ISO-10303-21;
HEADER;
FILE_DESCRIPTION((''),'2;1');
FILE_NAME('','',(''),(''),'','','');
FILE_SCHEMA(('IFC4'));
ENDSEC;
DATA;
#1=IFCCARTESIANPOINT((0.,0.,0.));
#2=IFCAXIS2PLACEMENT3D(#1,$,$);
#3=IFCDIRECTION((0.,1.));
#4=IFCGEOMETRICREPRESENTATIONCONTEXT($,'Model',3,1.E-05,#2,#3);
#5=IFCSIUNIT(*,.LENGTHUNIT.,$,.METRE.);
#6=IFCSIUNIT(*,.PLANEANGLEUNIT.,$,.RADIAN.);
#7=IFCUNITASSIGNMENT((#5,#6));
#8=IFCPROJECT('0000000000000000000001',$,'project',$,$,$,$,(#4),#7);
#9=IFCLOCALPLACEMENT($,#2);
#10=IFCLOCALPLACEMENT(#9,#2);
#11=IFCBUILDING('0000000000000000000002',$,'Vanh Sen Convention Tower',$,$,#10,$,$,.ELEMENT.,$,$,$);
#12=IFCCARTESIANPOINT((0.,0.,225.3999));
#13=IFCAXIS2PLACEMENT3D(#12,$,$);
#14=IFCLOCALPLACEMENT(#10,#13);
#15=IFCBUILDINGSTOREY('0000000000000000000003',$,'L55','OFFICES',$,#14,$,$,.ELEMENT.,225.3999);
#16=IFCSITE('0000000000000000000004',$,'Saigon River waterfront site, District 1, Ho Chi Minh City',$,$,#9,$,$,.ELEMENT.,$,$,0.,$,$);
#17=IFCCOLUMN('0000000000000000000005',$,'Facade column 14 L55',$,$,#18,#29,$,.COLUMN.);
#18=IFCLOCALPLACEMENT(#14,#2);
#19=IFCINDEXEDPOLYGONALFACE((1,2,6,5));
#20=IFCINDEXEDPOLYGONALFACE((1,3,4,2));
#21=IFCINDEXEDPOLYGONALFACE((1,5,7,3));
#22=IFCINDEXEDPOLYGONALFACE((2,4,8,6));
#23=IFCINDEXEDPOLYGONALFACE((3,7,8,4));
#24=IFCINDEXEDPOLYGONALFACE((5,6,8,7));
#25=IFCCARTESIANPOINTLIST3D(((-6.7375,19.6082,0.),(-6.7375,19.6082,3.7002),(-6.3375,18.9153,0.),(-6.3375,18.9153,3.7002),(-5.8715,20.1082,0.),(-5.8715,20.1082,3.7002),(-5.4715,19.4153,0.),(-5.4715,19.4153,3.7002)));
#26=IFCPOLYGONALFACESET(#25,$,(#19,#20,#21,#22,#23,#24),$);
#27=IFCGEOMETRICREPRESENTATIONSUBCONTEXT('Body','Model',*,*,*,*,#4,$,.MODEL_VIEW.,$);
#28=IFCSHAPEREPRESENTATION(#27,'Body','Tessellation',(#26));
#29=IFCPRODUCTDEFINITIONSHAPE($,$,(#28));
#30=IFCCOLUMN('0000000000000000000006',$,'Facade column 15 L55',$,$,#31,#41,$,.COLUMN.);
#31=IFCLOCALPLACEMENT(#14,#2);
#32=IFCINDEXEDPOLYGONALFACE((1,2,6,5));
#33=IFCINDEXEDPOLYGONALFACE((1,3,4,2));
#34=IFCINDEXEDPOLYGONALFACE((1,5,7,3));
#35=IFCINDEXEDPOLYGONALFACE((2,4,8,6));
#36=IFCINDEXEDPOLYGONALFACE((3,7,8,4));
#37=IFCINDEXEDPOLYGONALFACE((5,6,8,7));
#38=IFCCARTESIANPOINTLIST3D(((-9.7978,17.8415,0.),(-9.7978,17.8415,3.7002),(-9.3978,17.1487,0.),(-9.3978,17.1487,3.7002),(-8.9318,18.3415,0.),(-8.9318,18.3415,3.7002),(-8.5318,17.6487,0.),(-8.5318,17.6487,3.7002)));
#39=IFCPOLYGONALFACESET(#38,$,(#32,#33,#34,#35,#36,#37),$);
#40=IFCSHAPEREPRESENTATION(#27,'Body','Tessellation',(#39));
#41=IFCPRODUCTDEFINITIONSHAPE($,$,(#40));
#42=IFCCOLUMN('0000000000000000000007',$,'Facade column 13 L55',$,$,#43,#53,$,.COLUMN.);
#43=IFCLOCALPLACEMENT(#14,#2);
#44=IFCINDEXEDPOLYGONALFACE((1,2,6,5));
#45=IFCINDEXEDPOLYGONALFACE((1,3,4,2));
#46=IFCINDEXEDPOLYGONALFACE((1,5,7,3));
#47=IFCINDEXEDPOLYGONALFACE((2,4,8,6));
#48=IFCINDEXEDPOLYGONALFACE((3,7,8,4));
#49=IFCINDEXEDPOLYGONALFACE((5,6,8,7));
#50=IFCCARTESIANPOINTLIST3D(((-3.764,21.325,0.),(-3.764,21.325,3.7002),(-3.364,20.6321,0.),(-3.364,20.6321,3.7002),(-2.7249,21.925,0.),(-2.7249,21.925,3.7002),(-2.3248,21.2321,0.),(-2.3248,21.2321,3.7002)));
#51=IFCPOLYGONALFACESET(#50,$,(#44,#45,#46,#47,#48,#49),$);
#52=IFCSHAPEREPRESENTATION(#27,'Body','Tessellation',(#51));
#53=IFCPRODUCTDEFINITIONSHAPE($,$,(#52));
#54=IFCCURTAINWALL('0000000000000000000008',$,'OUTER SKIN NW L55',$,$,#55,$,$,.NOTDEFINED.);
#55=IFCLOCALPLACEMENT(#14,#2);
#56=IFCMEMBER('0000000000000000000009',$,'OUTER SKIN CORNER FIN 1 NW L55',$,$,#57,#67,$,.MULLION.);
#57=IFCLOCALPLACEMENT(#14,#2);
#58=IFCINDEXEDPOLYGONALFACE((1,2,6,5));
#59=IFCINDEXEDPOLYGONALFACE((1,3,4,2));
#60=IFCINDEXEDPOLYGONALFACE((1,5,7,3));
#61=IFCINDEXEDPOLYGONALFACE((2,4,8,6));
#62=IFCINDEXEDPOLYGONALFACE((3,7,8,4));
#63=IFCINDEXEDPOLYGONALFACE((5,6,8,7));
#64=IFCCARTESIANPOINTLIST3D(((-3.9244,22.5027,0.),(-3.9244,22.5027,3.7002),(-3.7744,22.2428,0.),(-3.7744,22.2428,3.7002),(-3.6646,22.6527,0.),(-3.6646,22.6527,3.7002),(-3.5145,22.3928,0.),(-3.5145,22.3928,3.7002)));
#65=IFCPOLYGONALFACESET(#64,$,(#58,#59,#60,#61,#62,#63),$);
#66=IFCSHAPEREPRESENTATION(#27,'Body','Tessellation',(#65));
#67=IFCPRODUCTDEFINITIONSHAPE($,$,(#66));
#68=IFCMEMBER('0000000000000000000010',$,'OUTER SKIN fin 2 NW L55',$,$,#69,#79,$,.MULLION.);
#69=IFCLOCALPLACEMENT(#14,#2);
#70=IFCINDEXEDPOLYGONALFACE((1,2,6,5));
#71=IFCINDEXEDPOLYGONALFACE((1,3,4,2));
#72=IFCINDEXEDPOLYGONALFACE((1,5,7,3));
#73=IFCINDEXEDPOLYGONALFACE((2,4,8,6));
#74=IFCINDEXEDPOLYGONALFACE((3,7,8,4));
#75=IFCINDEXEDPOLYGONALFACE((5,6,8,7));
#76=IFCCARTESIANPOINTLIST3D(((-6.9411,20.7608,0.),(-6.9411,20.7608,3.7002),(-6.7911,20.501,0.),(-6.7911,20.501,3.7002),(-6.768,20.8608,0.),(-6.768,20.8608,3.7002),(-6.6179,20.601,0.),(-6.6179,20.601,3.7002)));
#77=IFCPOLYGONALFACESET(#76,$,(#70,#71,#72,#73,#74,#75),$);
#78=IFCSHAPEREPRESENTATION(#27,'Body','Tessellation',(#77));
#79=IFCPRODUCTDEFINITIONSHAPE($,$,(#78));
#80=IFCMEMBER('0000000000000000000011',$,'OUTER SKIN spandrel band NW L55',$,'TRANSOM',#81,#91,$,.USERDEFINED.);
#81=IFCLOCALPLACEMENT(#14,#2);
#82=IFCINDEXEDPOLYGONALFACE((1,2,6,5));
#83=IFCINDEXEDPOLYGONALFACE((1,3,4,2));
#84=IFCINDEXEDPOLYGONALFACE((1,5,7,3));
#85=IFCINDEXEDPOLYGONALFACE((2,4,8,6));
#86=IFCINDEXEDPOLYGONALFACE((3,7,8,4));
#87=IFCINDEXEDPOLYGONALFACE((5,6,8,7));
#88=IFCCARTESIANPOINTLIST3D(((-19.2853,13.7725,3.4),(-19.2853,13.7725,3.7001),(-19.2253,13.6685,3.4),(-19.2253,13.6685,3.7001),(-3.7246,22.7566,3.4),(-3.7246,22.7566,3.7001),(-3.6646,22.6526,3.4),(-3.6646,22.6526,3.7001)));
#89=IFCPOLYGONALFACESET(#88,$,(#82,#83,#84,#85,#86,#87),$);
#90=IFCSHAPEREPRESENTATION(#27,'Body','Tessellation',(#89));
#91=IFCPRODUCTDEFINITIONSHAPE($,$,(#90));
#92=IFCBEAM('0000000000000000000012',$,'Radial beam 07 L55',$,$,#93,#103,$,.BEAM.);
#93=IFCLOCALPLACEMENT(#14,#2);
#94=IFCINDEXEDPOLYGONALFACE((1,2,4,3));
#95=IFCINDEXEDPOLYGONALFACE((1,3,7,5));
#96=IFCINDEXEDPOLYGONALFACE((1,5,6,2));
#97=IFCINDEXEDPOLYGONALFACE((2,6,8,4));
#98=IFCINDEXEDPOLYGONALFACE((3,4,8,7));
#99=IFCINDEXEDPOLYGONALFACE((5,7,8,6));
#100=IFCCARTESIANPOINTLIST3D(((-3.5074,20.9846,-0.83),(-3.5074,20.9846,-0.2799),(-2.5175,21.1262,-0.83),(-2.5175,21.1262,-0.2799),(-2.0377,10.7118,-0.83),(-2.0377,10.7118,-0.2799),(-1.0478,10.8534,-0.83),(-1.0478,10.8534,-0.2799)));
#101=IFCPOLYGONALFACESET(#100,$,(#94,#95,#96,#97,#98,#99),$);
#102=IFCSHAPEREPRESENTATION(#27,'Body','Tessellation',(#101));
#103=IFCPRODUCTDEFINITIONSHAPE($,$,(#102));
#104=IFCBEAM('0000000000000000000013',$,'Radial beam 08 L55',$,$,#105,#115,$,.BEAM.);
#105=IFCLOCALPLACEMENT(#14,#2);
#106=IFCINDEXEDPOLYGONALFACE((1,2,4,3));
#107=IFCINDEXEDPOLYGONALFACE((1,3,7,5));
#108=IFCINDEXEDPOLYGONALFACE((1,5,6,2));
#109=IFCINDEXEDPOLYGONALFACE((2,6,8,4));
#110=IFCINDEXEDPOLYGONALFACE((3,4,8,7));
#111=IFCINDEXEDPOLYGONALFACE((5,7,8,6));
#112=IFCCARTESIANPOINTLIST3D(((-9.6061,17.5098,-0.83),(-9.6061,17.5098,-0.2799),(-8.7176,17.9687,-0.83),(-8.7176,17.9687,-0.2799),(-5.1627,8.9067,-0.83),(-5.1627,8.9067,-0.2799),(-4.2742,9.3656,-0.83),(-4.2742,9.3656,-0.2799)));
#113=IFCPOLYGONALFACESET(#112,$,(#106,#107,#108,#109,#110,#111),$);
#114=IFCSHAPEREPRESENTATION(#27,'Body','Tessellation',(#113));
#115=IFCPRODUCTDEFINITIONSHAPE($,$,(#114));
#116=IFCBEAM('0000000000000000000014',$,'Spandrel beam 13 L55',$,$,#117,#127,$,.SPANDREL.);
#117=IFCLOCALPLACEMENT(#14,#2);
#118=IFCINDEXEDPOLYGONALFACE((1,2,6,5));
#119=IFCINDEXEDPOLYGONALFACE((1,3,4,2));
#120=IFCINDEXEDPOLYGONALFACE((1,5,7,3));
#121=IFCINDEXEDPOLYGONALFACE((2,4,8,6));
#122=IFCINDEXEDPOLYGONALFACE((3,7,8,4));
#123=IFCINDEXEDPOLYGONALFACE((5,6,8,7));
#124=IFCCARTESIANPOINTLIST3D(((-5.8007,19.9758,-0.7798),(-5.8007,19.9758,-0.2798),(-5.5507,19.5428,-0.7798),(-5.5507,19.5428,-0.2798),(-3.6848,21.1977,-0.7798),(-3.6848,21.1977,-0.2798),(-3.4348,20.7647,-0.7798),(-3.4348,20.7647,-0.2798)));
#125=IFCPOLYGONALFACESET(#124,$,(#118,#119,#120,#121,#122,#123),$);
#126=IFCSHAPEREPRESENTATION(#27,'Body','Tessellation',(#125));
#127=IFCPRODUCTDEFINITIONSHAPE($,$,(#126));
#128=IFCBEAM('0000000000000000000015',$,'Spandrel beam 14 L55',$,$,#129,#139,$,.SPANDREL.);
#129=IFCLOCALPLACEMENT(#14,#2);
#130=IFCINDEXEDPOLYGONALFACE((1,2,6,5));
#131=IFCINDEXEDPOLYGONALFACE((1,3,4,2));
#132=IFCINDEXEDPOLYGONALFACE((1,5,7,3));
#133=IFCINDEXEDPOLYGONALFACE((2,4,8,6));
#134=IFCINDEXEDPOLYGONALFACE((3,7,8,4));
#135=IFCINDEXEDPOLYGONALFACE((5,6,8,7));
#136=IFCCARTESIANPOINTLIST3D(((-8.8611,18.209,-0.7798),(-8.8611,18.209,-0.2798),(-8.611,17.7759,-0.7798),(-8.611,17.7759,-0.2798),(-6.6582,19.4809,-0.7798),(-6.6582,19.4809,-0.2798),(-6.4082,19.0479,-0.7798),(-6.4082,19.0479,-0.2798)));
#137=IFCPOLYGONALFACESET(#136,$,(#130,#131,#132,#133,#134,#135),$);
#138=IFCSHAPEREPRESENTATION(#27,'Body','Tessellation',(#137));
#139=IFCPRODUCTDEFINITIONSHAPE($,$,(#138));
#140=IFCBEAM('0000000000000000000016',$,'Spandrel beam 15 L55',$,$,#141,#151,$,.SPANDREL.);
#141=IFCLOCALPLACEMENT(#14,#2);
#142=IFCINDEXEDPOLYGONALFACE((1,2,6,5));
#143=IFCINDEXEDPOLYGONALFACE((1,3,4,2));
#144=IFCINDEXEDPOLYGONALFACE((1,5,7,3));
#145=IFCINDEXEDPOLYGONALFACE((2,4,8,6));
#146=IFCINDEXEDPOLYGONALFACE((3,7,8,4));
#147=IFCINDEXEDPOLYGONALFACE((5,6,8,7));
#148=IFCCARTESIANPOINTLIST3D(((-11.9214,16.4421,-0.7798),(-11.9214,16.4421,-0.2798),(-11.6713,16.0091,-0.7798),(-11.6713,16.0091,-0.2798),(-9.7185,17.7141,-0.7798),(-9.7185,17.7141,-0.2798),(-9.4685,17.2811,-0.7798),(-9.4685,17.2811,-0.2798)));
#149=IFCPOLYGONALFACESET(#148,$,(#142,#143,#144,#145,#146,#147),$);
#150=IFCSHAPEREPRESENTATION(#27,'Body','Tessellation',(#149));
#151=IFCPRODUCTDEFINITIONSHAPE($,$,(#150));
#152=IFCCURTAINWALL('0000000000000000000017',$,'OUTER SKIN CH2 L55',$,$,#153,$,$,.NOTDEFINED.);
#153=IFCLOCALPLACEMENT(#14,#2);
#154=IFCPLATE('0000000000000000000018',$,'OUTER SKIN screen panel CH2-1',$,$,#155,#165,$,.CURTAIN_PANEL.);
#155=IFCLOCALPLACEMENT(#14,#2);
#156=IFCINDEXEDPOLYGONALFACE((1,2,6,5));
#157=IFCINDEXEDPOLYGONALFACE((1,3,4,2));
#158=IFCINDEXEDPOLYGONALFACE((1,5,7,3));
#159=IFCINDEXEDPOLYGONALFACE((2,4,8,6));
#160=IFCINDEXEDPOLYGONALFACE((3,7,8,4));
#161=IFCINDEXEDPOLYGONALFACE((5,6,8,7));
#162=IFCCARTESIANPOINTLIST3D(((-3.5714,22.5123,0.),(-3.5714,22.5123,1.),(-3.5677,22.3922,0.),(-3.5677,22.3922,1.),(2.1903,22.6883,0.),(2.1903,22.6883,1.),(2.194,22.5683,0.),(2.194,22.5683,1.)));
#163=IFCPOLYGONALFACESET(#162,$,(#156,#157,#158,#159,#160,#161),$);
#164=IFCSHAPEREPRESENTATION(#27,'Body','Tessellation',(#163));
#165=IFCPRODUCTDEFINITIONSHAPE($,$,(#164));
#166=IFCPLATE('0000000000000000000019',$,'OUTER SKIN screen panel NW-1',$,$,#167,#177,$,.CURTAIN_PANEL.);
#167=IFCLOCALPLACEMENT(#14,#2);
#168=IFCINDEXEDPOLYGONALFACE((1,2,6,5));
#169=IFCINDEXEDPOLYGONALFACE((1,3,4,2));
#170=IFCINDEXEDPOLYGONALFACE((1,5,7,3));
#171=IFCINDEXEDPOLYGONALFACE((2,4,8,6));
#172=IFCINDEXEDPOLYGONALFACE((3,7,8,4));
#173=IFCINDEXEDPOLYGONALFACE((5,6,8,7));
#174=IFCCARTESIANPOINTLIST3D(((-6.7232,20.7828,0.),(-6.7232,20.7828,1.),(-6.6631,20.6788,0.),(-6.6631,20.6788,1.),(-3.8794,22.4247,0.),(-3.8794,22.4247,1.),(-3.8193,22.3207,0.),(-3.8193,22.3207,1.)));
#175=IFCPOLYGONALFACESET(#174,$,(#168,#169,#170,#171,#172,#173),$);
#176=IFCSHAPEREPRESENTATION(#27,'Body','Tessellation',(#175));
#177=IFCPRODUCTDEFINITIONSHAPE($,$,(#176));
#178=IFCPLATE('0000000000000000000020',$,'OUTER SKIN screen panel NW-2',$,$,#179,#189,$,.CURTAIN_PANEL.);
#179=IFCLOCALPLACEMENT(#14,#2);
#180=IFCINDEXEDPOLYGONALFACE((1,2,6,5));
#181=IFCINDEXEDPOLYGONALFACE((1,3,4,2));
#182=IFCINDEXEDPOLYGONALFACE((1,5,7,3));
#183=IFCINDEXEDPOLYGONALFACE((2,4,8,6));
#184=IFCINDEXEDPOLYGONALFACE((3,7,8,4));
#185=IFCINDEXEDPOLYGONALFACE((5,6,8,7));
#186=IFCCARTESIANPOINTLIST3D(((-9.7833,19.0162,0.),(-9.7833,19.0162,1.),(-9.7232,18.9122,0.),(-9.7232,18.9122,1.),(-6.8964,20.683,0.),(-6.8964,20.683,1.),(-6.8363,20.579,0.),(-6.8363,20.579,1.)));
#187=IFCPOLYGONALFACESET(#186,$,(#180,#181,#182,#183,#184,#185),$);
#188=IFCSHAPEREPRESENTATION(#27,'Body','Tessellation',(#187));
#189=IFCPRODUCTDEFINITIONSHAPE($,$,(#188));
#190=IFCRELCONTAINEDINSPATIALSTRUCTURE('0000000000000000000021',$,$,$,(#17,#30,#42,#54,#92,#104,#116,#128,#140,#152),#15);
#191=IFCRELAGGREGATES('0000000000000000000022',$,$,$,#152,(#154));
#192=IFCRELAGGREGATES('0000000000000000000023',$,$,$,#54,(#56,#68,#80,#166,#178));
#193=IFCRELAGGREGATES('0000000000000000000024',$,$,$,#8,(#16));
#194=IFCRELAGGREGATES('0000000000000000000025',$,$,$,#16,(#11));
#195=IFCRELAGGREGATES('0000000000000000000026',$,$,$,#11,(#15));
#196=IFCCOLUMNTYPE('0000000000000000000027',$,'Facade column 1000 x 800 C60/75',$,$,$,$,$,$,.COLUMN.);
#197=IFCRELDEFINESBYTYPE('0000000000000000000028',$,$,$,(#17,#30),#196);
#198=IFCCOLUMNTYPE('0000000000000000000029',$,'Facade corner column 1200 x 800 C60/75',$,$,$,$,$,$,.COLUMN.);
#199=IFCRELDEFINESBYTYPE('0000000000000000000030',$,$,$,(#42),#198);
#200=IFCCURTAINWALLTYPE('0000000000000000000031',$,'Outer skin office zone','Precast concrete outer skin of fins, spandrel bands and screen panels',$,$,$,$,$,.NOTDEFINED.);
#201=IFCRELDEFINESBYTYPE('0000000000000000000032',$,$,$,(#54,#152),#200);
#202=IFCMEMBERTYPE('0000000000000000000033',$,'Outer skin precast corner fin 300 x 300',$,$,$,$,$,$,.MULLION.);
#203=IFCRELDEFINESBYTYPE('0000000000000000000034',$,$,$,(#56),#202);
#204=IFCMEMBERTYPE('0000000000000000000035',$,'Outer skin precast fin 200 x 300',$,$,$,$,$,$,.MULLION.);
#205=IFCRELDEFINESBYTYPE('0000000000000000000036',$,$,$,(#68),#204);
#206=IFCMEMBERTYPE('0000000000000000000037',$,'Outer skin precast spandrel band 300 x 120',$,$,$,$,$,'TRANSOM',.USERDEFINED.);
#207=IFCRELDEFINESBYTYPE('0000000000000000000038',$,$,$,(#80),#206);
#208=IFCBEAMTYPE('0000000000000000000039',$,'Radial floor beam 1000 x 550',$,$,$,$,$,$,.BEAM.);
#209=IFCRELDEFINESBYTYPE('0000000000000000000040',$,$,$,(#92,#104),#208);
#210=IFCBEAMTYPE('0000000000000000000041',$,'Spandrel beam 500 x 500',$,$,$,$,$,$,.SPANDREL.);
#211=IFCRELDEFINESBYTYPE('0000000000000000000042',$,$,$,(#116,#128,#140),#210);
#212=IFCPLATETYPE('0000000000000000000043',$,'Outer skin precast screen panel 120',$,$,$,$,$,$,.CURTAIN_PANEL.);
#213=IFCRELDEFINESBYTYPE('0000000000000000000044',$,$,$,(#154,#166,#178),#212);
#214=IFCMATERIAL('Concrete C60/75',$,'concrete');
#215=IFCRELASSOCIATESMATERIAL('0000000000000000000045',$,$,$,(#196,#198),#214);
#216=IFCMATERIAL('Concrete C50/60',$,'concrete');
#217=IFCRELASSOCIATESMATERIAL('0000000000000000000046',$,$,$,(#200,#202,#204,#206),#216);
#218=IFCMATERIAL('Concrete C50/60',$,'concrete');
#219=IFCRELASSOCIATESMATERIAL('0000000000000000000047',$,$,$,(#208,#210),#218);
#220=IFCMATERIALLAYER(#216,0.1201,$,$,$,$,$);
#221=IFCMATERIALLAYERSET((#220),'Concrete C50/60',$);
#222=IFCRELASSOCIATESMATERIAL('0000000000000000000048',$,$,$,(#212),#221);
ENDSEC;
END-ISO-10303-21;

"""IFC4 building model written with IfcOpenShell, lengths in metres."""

from ifc_helpers import new_model, si_unit, direction, frame, origin, origin_2d, place, context, subcontext, project, spatial, rectangle, extrude, material, layer, layer_set, material_profile, profile_set, type_object, element, aggregate, save


model = new_model("IFC4")

# Units and contexts
model_context = context("Model", 3, precision=1e-05, world=origin(), true_north=direction((0.0, 1.0)))
body_context = subcontext(model_context, "Body", "Model", "MODEL_VIEW")
ifc_project = project(units=[si_unit("LENGTHUNIT", "METRE"), si_unit("PLANEANGLEUNIT", "RADIAN")], contexts=[model_context])

# Site, building, storey
site_placement = place(None, origin())
site = spatial("IfcSite", under=ifc_project, at=site_placement, Name="Saigon River waterfront site, District 1, Ho Chi Minh City", CompositionType="ELEMENT", RefElevation=0.0)
building_placement = place(site_placement, origin())
building = spatial("IfcBuilding", under=site, at=building_placement, Name="Vanh Sen Convention Tower", CompositionType="ELEMENT")
storey_placement = place(building_placement, frame((0.0, 0.0, 225.3999)))
storey = spatial("IfcBuildingStorey", under=building, at=storey_placement, Name="L55", Description="OFFICES", CompositionType="ELEMENT", Elevation=225.3999)

# Columns
ifc_material_1 = material(Name="Concrete C60/75", Category="concrete")
ifc_material_profile_1 = material_profile(ifc_material_1, rectangle(XDim=1.0, YDim=0.8, at=origin_2d()), Name="RC 1000X800")
ifc_profile_set_1 = profile_set([ifc_material_profile_1], Name="Concrete C60/75")
column_type_1 = type_object("IfcColumnType", Name="Facade column 1000 x 800 C60/75", PredefinedType="COLUMN", material=ifc_profile_set_1)
for number, where, z_axis, x_axis, name in (
    (1, (-6.1045, 19.5117, 0.0), (0.0, 0.0, 1.0), (-0.866025, -0.5, 0.0), "Facade column 14 L55"),
    (2, (-9.1648, 17.7451, 0.0), (0.0, 0.0, 1.0), (-0.866025, -0.5, 0.0), "Facade column 15 L55"),
):
    element("IfcColumn", number, at=place(storey_placement, frame(where, z_axis=z_axis, x_axis=x_axis)), inside=storey, type_object=column_type_1, Name=name, PredefinedType="COLUMN", context=body_context, shape_type="SweptSolid", body=[
        extrude(rectangle(XDim=1.0, YDim=0.8, at=origin_2d()), origin(), (0.0, 0.0, 1.0), 3.7002),
    ])
ifc_material_profile_2 = material_profile(ifc_material_1, rectangle(XDim=1.2, YDim=0.8, at=origin_2d()), Name="RC 1200X800")
ifc_profile_set_2 = profile_set([ifc_material_profile_2], Name="Concrete C60/75")
column_type_2 = type_object("IfcColumnType", Name="Facade corner column 1200 x 800 C60/75", PredefinedType="COLUMN", material=ifc_profile_set_2)
column_placement = place(storey_placement, frame((-3.0444, 21.2786, 0.0), z_axis=(0.0, 0.0, 1.0), x_axis=(-0.866025, -0.5, 0.0)))
element("IfcColumn", 3, at=column_placement, inside=storey, type_object=column_type_2, Name="Facade column 13 L55", PredefinedType="COLUMN", context=body_context, shape_type="SweptSolid", body=[
    extrude(rectangle(XDim=1.2, YDim=0.8, at=origin_2d()), origin(), (0.0, 0.0, 1.0), 3.7002),
])

# Curtain wall, members
ifc_material_2 = material(Name="Concrete C50/60", Category="concrete")
curtain_wall_type = type_object("IfcCurtainWallType", Name="Outer skin office zone", Description="Precast concrete outer skin of fins, spandrel bands and screen panels", PredefinedType="NOTDEFINED", material=ifc_material_2)
curtain_wall_1_placement = place(storey_placement, origin())
curtain_wall_1 = element("IfcCurtainWall", 4, at=curtain_wall_1_placement, inside=storey, type_object=curtain_wall_type, Name="OUTER SKIN NW L55", PredefinedType="NOTDEFINED")
ifc_material_profile_3 = material_profile(ifc_material_2, rectangle(XDim=0.3, YDim=0.3, at=origin_2d()), Name="Outer skin precast corner fin 300 x 300")
ifc_profile_set_3 = profile_set([ifc_material_profile_3], Name="Concrete C50/60")
member_type_1 = type_object("IfcMemberType", Name="Outer skin precast corner fin 300 x 300", PredefinedType="MULLION", material=ifc_profile_set_3)
member_1_placement = place(storey_placement, frame((-3.7195, 22.4478, 0.0), z_axis=(0.0, 0.0, 1.0), x_axis=(-0.866025, -0.5, 0.0)))
member_1 = element("IfcMember", 5, at=member_1_placement, type_object=member_type_1, Name="OUTER SKIN CORNER FIN 1 NW L55", PredefinedType="MULLION", context=body_context, shape_type="SweptSolid", body=[
    extrude(rectangle(XDim=0.3, YDim=0.3, at=origin_2d()), origin(), (0.0, 0.0, 1.0), 3.7002),
])
ifc_material_profile_4 = material_profile(ifc_material_2, rectangle(XDim=0.2, YDim=0.3, at=origin_2d()), Name="Outer skin precast fin 200 x 300")
ifc_profile_set_4 = profile_set([ifc_material_profile_4], Name="Concrete C50/60")
member_type_2 = type_object("IfcMemberType", Name="Outer skin precast fin 200 x 300", PredefinedType="MULLION", material=ifc_profile_set_4)
member_2_placement = place(storey_placement, frame((-6.7795, 20.6809, 0.0), z_axis=(0.0, 0.0, 1.0), x_axis=(-0.866025, -0.5, 0.0)))
member_2 = element("IfcMember", 6, at=member_2_placement, type_object=member_type_2, Name="OUTER SKIN fin 2 NW L55", PredefinedType="MULLION", context=body_context, shape_type="SweptSolid", body=[
    extrude(rectangle(XDim=0.2, YDim=0.3, at=origin_2d()), origin(), (0.0, 0.0, 1.0), 3.7002),
])
ifc_material_profile_5 = material_profile(ifc_material_2, rectangle(XDim=0.1201, YDim=0.3, at=origin_2d()), Name="Outer skin precast spandrel band 300 x 120")
ifc_profile_set_5 = profile_set([ifc_material_profile_5], Name="Concrete C50/60")
member_type_3 = type_object("IfcMemberType", Name="Outer skin precast spandrel band 300 x 120", ElementType="TRANSOM", PredefinedType="USERDEFINED", material=ifc_profile_set_5)
member_3_placement = place(storey_placement, frame((-3.6946, 22.7046, 3.55), z_axis=(-0.866023, -0.500004, 0.0), x_axis=(0.500004, -0.866023, 0.0)))
member_3 = element("IfcMember", 7, at=member_3_placement, type_object=member_type_3, Name="OUTER SKIN spandrel band NW L55", ObjectType="TRANSOM", PredefinedType="USERDEFINED", context=body_context, shape_type="SweptSolid", body=[
    extrude(rectangle(XDim=0.1201, YDim=0.3, at=origin_2d()), origin(), (0.0, 0.0, 1.0), 17.968),
])

# Beams
ifc_material_3 = material(Name="Concrete C50/60", Category="concrete")
ifc_material_profile_6 = material_profile(ifc_material_3, rectangle(XDim=1.0, YDim=0.55, at=origin_2d()), Name="RC 1000X550")
ifc_profile_set_6 = profile_set([ifc_material_profile_6], Name="Concrete C50/60")
beam_type_1 = type_object("IfcBeamType", Name="Radial floor beam 1000 x 550", PredefinedType="BEAM", material=ifc_profile_set_6)
beam_1_placement = place(storey_placement, frame((-3.0125, 21.0554, -0.5549), z_axis=(0.141626, -0.98992, 0.0), x_axis=(0.98992, 0.141626, 0.0)))
element("IfcBeam", 8, at=beam_1_placement, inside=storey, type_object=beam_type_1, Name="Radial beam 07 L55", PredefinedType="BEAM", context=body_context, shape_type="SweptSolid", body=[
    extrude(rectangle(XDim=1.0, YDim=0.55, at=origin_2d()), origin(), (0.0, 0.0, 1.0), 10.3774),
])
beam_2_placement = place(storey_placement, frame((-9.1619, 17.7393, -0.5549), z_axis=(0.458895, -0.888491, 0.0), x_axis=(0.888491, 0.458895, 0.0)))
element("IfcBeam", 9, at=beam_2_placement, inside=storey, type_object=beam_type_1, Name="Radial beam 08 L55", PredefinedType="BEAM", context=body_context, shape_type="SweptSolid", body=[
    extrude(rectangle(XDim=1.0, YDim=0.55, at=origin_2d()), origin(), (0.0, 0.0, 1.0), 9.6829),
])
ifc_material_profile_7 = material_profile(ifc_material_3, rectangle(XDim=0.5, YDim=0.5, at=origin_2d()), Name="RC 500X500")
ifc_profile_set_7 = profile_set([ifc_material_profile_7], Name="Concrete C50/60")
beam_type_2 = type_object("IfcBeamType", Name="Spandrel beam 500 x 500", PredefinedType="SPANDREL", material=ifc_profile_set_7)
beam_3_placement = place(storey_placement, frame((-3.5598, 20.9812, -0.5298), z_axis=(-0.865978, -0.500083, 0.0), x_axis=(0.500083, -0.865978, 0.0)))
element("IfcBeam", 10, at=beam_3_placement, inside=storey, type_object=beam_type_2, Name="Spandrel beam 13 L55", PredefinedType="SPANDREL", context=body_context, shape_type="SweptSolid", body=[
    extrude(rectangle(XDim=0.5, YDim=0.5, at=origin_2d()), origin(), (0.0, 0.0, 1.0), 2.4434),
])
for number, where, z_axis, x_axis, name in (
    (11, (-6.5332, 19.2644, -0.5298), (-0.866002, -0.500041, 0.0), (0.500041, -0.866002, 0.0), "Spandrel beam 14 L55"),
    (12, (-9.5935, 17.4976, -0.5298), (-0.866002, -0.500041, 0.0), (0.500041, -0.866002, 0.0), "Spandrel beam 15 L55"),
):
    element("IfcBeam", number, at=place(storey_placement, frame(where, z_axis=z_axis, x_axis=x_axis)), inside=storey, type_object=beam_type_2, Name=name, PredefinedType="SPANDREL", context=body_context, shape_type="SweptSolid", body=[
        extrude(rectangle(XDim=0.5, YDim=0.5, at=origin_2d()), origin(), (0.0, 0.0, 1.0), 2.5437),
    ])

# Curtain wall, plate
curtain_wall_2_placement = place(storey_placement, origin())
curtain_wall_2 = element("IfcCurtainWall", 13, at=curtain_wall_2_placement, inside=storey, type_object=curtain_wall_type, Name="OUTER SKIN CH2 L55", PredefinedType="NOTDEFINED")
ifc_layer_1 = layer(ifc_material_2, 0.1201)
ifc_layer_set_1 = layer_set([ifc_layer_1], Name="Concrete C50/60")
plate_type = type_object("IfcPlateType", Name="Outer skin precast screen panel 120", PredefinedType="CURTAIN_PANEL", material=ifc_layer_set_1)
plate_1_placement = place(storey_placement, frame((-0.6887, 22.5403, 0.0), z_axis=(0.0, 0.0, 1.0), x_axis=(-0.999533, -0.030544, 0.0)))
plate_1 = element("IfcPlate", 14, at=plate_1_placement, type_object=plate_type, Name="OUTER SKIN screen panel CH2-1", PredefinedType="CURTAIN_PANEL", context=body_context, shape_type="SweptSolid", body=[
    extrude(rectangle(XDim=5.7644, YDim=0.1201, at=origin_2d()), origin(), (0.0, 0.0, 1.0), 1.0),
])
aggregate(curtain_wall_2, [plate_1])

# Plates
plate_2_placement = place(storey_placement, frame((-5.2712, 21.5518, 0.0), z_axis=(0.0, 0.0, 1.0), x_axis=(-0.866026, -0.499998, 0.0)))
plate_2 = element("IfcPlate", 15, at=plate_2_placement, type_object=plate_type, Name="OUTER SKIN screen panel NW-1", PredefinedType="CURTAIN_PANEL", context=body_context, shape_type="SweptSolid", body=[
    extrude(rectangle(XDim=3.2837, YDim=0.1201, at=origin_2d()), origin(), (0.0, 0.0, 1.0), 1.0),
])
plate_3_placement = place(storey_placement, frame((-8.3098, 19.7976, 0.0), z_axis=(0.0, 0.0, 1.0), x_axis=(-0.866026, -0.499998, 0.0)))
plate_3 = element("IfcPlate", 16, at=plate_3_placement, type_object=plate_type, Name="OUTER SKIN screen panel NW-2", PredefinedType="CURTAIN_PANEL", context=body_context, shape_type="SweptSolid", body=[
    extrude(rectangle(XDim=3.3335, YDim=0.1201, at=origin_2d()), origin(), (0.0, 0.0, 1.0), 1.0),
])
aggregate(curtain_wall_1, [member_1, member_2, member_3, plate_2, plate_3])

save(model, "model.ifc")
